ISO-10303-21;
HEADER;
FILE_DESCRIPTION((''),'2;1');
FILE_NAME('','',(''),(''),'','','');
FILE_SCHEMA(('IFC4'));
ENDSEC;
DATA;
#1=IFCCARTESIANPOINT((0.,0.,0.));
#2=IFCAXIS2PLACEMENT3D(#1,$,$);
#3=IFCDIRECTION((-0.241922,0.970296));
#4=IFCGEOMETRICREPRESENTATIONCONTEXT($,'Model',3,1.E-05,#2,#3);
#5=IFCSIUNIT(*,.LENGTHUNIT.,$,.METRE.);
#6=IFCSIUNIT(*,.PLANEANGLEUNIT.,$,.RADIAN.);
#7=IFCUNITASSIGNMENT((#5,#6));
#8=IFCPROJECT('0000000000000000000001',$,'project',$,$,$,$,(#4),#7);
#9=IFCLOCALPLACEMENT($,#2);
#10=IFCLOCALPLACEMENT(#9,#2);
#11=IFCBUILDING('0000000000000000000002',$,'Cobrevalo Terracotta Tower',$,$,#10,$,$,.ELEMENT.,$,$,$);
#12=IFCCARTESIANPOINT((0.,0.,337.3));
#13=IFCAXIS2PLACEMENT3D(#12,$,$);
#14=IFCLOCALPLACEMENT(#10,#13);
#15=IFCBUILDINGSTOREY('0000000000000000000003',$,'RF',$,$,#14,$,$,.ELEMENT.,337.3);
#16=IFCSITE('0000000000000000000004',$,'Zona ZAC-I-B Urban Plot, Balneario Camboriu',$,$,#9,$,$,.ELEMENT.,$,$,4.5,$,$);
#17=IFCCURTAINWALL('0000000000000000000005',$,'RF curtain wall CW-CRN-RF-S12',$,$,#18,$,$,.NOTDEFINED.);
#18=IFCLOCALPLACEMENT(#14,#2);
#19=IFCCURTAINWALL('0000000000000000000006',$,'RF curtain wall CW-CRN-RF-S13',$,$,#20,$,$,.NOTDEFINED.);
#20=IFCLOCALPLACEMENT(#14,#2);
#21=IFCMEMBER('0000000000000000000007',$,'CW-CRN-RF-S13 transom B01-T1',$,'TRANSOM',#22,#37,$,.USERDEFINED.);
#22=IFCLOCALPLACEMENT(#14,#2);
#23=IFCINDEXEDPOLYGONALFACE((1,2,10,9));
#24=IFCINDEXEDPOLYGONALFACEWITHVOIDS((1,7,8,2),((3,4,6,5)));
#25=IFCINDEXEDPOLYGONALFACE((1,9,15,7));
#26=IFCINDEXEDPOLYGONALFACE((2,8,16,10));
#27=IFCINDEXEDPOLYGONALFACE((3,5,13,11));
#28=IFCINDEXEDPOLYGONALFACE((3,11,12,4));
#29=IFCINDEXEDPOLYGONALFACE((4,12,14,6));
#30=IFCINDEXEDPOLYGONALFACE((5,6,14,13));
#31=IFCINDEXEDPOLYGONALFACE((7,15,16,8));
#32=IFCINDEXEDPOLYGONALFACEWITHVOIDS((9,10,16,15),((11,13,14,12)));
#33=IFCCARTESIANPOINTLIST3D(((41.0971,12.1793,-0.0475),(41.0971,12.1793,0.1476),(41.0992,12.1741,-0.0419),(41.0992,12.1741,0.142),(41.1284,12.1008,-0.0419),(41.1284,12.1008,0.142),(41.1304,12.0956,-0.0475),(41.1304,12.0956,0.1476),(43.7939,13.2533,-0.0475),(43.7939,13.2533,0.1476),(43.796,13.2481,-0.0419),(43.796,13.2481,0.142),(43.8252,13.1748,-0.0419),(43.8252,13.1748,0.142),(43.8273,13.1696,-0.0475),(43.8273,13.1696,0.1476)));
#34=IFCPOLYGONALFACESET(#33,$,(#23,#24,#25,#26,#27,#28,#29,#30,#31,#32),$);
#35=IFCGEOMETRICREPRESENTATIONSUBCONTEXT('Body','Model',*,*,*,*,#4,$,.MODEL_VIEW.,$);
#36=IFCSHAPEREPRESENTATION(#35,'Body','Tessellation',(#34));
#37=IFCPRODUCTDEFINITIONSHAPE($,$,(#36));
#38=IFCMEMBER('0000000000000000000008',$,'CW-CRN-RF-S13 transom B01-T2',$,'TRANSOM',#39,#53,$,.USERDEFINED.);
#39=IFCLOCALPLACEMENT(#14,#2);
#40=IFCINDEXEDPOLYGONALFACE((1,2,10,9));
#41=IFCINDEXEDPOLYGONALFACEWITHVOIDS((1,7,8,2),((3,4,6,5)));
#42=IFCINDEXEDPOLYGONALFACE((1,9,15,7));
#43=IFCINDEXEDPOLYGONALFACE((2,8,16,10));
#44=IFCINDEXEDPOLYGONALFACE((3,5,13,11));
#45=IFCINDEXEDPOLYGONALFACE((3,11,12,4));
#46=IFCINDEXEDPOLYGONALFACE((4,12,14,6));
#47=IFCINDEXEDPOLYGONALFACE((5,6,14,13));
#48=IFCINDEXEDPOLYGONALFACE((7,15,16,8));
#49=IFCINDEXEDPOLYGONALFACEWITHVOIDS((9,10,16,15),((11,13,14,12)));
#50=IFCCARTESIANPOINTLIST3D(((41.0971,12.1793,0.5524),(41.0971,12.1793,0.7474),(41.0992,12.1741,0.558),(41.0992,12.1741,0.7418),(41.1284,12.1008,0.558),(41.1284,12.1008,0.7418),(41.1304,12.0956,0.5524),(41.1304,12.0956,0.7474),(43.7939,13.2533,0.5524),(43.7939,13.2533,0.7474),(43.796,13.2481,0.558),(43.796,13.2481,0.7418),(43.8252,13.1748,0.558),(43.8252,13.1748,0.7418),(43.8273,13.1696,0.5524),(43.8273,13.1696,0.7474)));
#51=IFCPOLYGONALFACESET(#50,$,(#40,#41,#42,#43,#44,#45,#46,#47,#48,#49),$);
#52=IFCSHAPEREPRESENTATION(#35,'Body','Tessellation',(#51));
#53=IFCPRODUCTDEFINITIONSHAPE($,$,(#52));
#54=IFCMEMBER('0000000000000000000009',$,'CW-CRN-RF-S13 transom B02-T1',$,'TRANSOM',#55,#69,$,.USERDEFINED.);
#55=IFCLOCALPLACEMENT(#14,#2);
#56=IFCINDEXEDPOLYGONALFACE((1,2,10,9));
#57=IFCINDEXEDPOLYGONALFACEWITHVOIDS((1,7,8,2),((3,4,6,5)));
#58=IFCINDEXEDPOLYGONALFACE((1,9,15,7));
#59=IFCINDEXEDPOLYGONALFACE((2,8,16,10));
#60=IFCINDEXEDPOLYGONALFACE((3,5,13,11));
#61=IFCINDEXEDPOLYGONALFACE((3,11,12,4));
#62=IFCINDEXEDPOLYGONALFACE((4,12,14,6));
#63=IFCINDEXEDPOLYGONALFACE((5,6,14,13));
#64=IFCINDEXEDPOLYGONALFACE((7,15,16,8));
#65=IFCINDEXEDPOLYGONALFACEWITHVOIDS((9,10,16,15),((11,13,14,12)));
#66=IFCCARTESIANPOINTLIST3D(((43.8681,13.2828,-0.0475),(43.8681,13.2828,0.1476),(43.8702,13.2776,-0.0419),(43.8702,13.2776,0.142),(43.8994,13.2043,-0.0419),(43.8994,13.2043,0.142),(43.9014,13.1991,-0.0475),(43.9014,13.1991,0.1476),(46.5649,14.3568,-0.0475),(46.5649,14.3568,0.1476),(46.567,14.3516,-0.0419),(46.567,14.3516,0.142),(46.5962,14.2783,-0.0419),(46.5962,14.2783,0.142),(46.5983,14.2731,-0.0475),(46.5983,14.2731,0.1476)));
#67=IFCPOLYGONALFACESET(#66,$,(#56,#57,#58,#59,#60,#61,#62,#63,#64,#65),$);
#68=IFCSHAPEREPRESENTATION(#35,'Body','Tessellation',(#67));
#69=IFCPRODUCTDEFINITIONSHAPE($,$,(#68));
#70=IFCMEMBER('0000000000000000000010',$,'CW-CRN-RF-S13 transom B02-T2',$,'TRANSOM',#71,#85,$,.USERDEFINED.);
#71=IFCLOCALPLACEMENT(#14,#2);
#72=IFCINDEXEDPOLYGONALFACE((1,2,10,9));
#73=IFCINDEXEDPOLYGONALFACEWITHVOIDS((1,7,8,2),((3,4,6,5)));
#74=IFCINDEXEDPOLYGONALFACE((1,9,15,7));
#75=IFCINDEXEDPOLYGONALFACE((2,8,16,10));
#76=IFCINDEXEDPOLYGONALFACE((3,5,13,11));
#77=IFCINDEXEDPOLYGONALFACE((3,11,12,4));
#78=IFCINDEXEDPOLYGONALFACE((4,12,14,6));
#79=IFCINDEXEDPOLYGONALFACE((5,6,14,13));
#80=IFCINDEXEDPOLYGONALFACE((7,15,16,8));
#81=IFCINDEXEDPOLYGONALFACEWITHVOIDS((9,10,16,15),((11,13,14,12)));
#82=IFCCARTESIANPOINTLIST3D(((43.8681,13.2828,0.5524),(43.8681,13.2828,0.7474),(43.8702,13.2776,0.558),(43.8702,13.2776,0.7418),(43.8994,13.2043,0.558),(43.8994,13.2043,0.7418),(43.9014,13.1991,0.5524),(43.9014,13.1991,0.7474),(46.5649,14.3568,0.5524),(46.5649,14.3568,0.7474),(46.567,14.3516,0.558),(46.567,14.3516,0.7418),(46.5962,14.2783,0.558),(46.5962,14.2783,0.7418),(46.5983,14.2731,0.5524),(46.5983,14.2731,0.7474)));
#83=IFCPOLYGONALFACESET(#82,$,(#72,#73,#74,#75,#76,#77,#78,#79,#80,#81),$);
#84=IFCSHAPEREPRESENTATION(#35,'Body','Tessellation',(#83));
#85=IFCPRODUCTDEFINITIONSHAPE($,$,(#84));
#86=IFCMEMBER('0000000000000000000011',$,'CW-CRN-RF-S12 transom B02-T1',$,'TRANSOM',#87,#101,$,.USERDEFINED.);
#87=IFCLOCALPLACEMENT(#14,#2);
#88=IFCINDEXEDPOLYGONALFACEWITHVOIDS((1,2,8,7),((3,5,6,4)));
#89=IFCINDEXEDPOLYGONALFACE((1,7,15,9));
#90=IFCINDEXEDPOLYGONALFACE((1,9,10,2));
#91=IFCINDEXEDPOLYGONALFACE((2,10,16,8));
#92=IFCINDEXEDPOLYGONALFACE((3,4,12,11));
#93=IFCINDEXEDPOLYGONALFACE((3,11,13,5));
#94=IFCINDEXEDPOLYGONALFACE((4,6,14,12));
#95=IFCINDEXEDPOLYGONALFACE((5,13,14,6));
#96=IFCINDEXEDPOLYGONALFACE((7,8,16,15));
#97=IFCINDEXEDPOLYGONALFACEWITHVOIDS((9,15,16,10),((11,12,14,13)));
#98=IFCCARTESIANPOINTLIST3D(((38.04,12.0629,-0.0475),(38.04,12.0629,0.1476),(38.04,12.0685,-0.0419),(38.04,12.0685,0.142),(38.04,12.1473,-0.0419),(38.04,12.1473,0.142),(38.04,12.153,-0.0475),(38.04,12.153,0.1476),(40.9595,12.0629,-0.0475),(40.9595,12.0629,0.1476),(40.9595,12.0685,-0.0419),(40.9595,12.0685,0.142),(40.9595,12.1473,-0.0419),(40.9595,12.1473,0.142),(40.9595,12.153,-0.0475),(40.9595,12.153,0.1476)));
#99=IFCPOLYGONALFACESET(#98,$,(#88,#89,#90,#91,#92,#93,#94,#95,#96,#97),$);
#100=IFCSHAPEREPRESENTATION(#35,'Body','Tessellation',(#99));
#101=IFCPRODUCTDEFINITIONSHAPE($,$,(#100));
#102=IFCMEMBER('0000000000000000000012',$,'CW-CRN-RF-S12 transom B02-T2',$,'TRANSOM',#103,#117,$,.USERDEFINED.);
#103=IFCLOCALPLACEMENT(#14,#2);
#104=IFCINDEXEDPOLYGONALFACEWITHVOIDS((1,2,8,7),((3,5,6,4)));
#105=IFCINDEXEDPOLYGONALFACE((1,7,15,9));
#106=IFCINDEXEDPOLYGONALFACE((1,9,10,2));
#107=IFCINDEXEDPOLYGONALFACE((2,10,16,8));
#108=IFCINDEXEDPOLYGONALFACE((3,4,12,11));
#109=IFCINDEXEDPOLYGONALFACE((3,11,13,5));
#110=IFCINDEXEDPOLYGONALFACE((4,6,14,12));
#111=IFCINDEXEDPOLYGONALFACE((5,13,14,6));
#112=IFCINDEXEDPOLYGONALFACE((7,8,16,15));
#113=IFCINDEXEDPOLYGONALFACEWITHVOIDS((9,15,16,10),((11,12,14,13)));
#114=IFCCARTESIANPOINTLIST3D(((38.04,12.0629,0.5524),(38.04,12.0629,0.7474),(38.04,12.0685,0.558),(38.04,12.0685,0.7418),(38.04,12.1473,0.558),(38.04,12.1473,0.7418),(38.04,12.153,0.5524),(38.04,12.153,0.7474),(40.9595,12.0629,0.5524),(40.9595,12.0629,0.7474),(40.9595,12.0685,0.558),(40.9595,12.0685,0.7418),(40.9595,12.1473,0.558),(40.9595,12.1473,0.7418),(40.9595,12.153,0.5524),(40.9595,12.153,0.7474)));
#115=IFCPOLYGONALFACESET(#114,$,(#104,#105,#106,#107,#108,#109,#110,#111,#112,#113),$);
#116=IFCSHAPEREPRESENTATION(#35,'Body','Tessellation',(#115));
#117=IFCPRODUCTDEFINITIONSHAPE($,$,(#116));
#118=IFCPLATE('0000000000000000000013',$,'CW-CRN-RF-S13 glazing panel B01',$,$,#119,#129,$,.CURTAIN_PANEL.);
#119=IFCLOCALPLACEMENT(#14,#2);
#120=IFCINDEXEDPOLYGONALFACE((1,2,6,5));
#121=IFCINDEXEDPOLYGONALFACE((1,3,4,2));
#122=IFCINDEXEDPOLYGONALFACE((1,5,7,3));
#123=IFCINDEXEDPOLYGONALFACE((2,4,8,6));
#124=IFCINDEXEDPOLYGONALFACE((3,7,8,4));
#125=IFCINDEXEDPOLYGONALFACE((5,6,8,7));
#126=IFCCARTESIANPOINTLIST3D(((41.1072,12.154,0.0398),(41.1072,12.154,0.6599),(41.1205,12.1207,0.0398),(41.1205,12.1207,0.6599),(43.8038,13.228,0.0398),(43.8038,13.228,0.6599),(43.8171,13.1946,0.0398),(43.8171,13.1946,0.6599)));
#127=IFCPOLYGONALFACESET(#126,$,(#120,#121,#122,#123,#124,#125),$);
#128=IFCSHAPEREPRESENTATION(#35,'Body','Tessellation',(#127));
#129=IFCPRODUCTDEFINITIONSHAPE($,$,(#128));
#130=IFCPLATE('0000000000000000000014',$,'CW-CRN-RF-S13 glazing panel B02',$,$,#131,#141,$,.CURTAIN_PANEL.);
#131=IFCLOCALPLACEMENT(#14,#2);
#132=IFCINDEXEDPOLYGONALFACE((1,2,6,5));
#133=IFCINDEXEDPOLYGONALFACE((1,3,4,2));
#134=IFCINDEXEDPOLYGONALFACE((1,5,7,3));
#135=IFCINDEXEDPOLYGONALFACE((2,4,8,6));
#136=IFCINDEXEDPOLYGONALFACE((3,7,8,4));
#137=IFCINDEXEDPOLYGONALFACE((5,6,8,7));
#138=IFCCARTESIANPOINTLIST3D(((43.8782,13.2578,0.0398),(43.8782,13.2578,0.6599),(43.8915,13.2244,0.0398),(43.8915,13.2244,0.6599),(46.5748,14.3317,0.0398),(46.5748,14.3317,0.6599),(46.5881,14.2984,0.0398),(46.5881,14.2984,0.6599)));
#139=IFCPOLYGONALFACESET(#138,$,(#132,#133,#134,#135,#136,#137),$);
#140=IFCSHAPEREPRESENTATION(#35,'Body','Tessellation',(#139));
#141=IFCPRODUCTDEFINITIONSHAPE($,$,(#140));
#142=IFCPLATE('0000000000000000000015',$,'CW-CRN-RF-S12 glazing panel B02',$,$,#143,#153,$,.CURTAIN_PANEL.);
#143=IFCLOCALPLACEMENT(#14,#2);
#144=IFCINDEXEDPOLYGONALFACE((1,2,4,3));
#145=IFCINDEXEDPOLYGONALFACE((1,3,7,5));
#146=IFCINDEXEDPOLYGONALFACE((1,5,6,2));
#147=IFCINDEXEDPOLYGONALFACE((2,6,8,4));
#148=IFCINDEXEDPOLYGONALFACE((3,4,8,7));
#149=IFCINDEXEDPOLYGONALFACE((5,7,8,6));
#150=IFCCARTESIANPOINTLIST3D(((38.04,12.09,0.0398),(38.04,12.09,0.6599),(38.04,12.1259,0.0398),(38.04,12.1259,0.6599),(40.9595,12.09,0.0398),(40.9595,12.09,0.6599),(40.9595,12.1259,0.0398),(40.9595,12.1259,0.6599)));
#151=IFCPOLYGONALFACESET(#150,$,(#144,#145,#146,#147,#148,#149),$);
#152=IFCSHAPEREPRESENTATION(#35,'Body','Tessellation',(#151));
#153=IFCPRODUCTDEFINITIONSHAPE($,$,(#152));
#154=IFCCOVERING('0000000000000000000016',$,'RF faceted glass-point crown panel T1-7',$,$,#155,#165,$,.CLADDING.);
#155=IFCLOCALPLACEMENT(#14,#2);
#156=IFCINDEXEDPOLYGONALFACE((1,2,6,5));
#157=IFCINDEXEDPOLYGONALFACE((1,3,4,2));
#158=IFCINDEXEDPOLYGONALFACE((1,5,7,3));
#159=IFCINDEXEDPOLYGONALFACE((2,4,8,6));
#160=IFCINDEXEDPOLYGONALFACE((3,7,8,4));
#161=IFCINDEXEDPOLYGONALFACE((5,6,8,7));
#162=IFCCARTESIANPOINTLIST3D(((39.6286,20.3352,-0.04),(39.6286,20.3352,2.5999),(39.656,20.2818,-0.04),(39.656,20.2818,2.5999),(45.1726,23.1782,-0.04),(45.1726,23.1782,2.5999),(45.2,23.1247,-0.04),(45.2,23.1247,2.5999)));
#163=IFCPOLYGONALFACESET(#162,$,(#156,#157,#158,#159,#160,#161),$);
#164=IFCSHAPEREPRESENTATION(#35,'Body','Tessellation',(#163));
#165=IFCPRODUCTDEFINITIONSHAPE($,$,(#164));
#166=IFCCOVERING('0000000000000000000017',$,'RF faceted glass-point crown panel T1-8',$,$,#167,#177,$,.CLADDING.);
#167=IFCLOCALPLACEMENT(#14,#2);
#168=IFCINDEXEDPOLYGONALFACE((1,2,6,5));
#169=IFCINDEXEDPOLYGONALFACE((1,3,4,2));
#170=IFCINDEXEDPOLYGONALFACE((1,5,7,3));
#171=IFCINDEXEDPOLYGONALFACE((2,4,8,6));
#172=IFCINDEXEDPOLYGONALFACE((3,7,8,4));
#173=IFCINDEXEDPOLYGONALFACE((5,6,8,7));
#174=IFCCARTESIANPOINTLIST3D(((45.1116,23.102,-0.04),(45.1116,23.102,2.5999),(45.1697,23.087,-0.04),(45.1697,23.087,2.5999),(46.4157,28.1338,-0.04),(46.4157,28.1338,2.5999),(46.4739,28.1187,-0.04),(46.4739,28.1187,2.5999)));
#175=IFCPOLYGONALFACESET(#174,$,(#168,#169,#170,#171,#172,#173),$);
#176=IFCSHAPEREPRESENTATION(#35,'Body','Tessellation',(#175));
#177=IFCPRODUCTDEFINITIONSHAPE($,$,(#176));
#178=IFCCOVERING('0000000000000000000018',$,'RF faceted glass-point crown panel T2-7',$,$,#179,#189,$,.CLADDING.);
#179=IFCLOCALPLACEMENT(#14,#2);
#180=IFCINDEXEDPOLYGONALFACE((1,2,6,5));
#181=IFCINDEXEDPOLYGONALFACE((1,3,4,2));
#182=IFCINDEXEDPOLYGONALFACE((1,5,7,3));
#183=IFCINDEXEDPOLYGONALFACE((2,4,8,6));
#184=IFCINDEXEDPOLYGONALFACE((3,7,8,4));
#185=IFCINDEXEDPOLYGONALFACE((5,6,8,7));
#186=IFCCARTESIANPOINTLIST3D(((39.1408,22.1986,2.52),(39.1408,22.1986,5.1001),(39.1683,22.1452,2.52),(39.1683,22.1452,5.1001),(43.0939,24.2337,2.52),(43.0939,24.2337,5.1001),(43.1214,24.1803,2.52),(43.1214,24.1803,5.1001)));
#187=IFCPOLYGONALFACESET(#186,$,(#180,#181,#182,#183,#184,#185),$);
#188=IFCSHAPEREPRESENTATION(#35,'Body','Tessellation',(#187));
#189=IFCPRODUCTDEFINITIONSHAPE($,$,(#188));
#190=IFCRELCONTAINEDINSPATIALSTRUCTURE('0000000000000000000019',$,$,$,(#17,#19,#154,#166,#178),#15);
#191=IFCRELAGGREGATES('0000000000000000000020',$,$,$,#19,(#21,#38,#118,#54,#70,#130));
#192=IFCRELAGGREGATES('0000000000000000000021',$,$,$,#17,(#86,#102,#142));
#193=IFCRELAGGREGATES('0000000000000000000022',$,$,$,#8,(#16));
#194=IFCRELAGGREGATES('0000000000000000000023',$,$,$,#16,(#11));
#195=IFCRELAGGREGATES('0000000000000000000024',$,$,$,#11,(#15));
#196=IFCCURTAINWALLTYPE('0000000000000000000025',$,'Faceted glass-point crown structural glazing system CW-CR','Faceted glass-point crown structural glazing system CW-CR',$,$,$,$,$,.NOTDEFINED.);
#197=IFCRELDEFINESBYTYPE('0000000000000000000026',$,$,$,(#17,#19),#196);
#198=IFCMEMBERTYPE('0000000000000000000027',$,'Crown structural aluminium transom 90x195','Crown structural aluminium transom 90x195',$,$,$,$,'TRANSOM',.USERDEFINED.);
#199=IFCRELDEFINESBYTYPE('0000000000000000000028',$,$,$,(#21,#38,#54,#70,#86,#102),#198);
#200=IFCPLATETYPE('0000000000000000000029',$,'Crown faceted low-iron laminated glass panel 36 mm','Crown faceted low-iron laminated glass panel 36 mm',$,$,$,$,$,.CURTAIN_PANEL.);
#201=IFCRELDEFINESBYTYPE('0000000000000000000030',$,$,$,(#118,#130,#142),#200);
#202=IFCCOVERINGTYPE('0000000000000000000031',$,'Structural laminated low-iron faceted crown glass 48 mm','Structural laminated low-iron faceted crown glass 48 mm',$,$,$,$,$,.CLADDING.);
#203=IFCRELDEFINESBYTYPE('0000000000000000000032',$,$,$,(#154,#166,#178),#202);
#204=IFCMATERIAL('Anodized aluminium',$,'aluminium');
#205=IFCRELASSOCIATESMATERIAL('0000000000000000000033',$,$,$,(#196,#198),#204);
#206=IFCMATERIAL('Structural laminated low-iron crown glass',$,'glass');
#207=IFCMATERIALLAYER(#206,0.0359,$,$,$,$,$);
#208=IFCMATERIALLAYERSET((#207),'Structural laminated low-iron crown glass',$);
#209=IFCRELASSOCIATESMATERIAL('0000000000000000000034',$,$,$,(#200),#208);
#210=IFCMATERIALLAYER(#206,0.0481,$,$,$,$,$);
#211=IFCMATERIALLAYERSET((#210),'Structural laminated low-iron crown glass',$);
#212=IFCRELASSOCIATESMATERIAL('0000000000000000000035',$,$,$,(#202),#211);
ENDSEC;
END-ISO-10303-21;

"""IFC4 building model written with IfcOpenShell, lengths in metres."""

from ifc_helpers import new_model, si_unit, direction, frame, origin, origin_2d, place, context, subcontext, project, spatial, rectangle, hollow_rectangle, extrude, source, transform, mapped, material, layer, layer_set, material_profile, profile_set, type_object, element, aggregate, save


model = new_model("IFC4")

# Units and contexts
model_context = context("Model", 3, precision=1e-05, world=origin(), true_north=direction((-0.241922, 0.970296)))
body_context = subcontext(model_context, "Body", "Model", "MODEL_VIEW")
ifc_project = project(units=[si_unit("LENGTHUNIT", "METRE"), si_unit("PLANEANGLEUNIT", "RADIAN")], contexts=[model_context])

# Site, building, storey
site_placement = place(None, origin())
site = spatial("IfcSite", under=ifc_project, at=site_placement, Name="Zona ZAC-I-B Urban Plot, Balneario Camboriu", CompositionType="ELEMENT", RefElevation=4.5)
building_placement = place(site_placement, origin())
building = spatial("IfcBuilding", under=site, at=building_placement, Name="Cobrevalo Terracotta Tower", CompositionType="ELEMENT")
storey_placement = place(building_placement, frame((0.0, 0.0, 337.3)))
storey = spatial("IfcBuildingStorey", under=building, at=storey_placement, Name="RF", CompositionType="ELEMENT", Elevation=337.3)

# Curtain walls
ifc_material_1 = material(Name="Anodized aluminium", Category="aluminium")
curtain_wall_type = type_object("IfcCurtainWallType", Name="Faceted glass-point crown structural glazing system CW-CR", Description="Faceted glass-point crown structural glazing system CW-CR", PredefinedType="NOTDEFINED", material=ifc_material_1)
curtain_wall_1_placement = place(storey_placement, origin())
curtain_wall_1 = element("IfcCurtainWall", 1, at=curtain_wall_1_placement, inside=storey, type_object=curtain_wall_type, Name="RF curtain wall CW-CRN-RF-S12", PredefinedType="NOTDEFINED")
curtain_wall_2_placement = place(storey_placement, origin())
curtain_wall_2 = element("IfcCurtainWall", 2, at=curtain_wall_2_placement, inside=storey, type_object=curtain_wall_type, Name="RF curtain wall CW-CRN-RF-S13", PredefinedType="NOTDEFINED")

# Members
ifc_material_profile_1 = material_profile(ifc_material_1, hollow_rectangle(XDim=0.0901, YDim=0.1951, WallThickness=0.0056, at=origin_2d()), Name="CWT 90x195")
ifc_profile_set_1 = profile_set([ifc_material_profile_1], Name="Anodized aluminium")
member_type_1 = type_object("IfcMemberType", Name="Crown structural aluminium transom 90x195", Description="Crown structural aluminium transom 90x195", ElementType="TRANSOM", PredefinedType="USERDEFINED", material=ifc_profile_set_1)
shared_shape_1 = source(origin(), body_context, "Body", "SweptSolid", [
    extrude(hollow_rectangle(XDim=0.0901, YDim=0.1951, WallThickness=0.0056, at=origin_2d()), origin(), (0.0, 0.0, 1.0), 2.9028),
])
member_1_placement = place(storey_placement, frame((41.1138, 12.1375, 0.05), z_axis=(0.929038, 0.369984, 0.0), x_axis=(-0.369984, 0.929038, 0.0)))
member_1 = element("IfcMember", 3, at=member_1_placement, type_object=member_type_1, Name="CW-CRN-RF-S13 transom B01-T1", ObjectType="TRANSOM", PredefinedType="USERDEFINED", context=body_context, shape_type="MappedRepresentation", body=[
    mapped(shared_shape_1, transform((0.0, 0.0, 0.0), scale=1.0)),
])
member_2_placement = place(storey_placement, frame((41.1138, 12.1375, 0.6499), z_axis=(0.929038, 0.369984, 0.0), x_axis=(-0.369984, 0.929038, 0.0)))
member_2 = element("IfcMember", 4, at=member_2_placement, type_object=member_type_1, Name="CW-CRN-RF-S13 transom B01-T2", ObjectType="TRANSOM", PredefinedType="USERDEFINED", context=body_context, shape_type="MappedRepresentation", body=[
    mapped(shared_shape_1, transform((0.0, 0.0, 0.0), scale=1.0)),
])
member_3_placement = place(storey_placement, frame((43.8848, 13.241, 0.05), z_axis=(0.929038, 0.369984, 0.0), x_axis=(-0.369984, 0.929038, 0.0)))
member_3 = element("IfcMember", 5, at=member_3_placement, type_object=member_type_1, Name="CW-CRN-RF-S13 transom B02-T1", ObjectType="TRANSOM", PredefinedType="USERDEFINED", context=body_context, shape_type="MappedRepresentation", body=[
    mapped(shared_shape_1, transform((0.0, 0.0, 0.0), scale=1.0)),
])
member_4_placement = place(storey_placement, frame((43.8848, 13.241, 0.6499), z_axis=(0.929038, 0.369984, 0.0), x_axis=(-0.369984, 0.929038, 0.0)))
member_4 = element("IfcMember", 6, at=member_4_placement, type_object=member_type_1, Name="CW-CRN-RF-S13 transom B02-T2", ObjectType="TRANSOM", PredefinedType="USERDEFINED", context=body_context, shape_type="MappedRepresentation", body=[
    mapped(shared_shape_1, transform((0.0, 0.0, 0.0), scale=1.0)),
])
shared_shape_2 = source(origin(), body_context, "Body", "SweptSolid", [
    extrude(hollow_rectangle(XDim=0.0901, YDim=0.1951, WallThickness=0.0056, at=origin_2d()), origin(), (0.0, 0.0, 1.0), 2.9194),
])
member_5_placement = place(storey_placement, frame((38.04, 12.1079, 0.05), z_axis=(1.0, 0.0, 0.0), x_axis=(0.0, 1.0, 0.0)))
member_5 = element("IfcMember", 7, at=member_5_placement, type_object=member_type_1, Name="CW-CRN-RF-S12 transom B02-T1", ObjectType="TRANSOM", PredefinedType="USERDEFINED", context=body_context, shape_type="MappedRepresentation", body=[
    mapped(shared_shape_2, transform((0.0, 0.0, 0.0), scale=1.0)),
])
member_6_placement = place(storey_placement, frame((38.04, 12.1079, 0.6499), z_axis=(1.0, 0.0, 0.0), x_axis=(0.0, 1.0, 0.0)))
member_6 = element("IfcMember", 8, at=member_6_placement, type_object=member_type_1, Name="CW-CRN-RF-S12 transom B02-T2", ObjectType="TRANSOM", PredefinedType="USERDEFINED", context=body_context, shape_type="MappedRepresentation", body=[
    mapped(shared_shape_2, transform((0.0, 0.0, 0.0), scale=1.0)),
])

# Plates
ifc_material_2 = material(Name="Structural laminated low-iron crown glass", Category="glass")
ifc_layer_1 = layer(ifc_material_2, 0.0359)
ifc_layer_set_1 = layer_set([ifc_layer_1], Name="Structural laminated low-iron crown glass")
plate_type = type_object("IfcPlateType", Name="Crown faceted low-iron laminated glass panel 36 mm", Description="Crown faceted low-iron laminated glass panel 36 mm", PredefinedType="CURTAIN_PANEL", material=ifc_layer_set_1)
shared_shape_3 = source(origin(), body_context, "Body", "SweptSolid", [
    extrude(rectangle(XDim=2.9026, YDim=0.0359, at=origin_2d()), origin(), (0.0, 0.0, 1.0), 0.6201),
])
plate_1_placement = place(storey_placement, frame((42.4622, 12.6743, 0.0398), z_axis=(0.0, 0.0, 1.0), x_axis=(0.929033, 0.369998, 0.0)))
plate_1 = element("IfcPlate", 9, at=plate_1_placement, type_object=plate_type, Name="CW-CRN-RF-S13 glazing panel B01", PredefinedType="CURTAIN_PANEL", context=body_context, shape_type="MappedRepresentation", body=[
    mapped(shared_shape_3, transform((0.0, 0.0, 0.0), scale=1.0)),
])
plate_2_placement = place(storey_placement, frame((45.2332, 13.7781, 0.0398), z_axis=(0.0, 0.0, 1.0), x_axis=(0.929033, 0.369998, 0.0)))
plate_2 = element("IfcPlate", 10, at=plate_2_placement, type_object=plate_type, Name="CW-CRN-RF-S13 glazing panel B02", PredefinedType="CURTAIN_PANEL", context=body_context, shape_type="MappedRepresentation", body=[
    mapped(shared_shape_3, transform((0.0, 0.0, 0.0), scale=1.0)),
])
aggregate(curtain_wall_2, [member_1, member_2, plate_1, member_3, member_4, plate_2])
shared_shape_4 = source(origin(), body_context, "Body", "SweptSolid", [
    extrude(rectangle(XDim=2.9194, YDim=0.0359, at=origin_2d()), origin(), (0.0, 0.0, 1.0), 0.6201),
])
plate_3_placement = place(storey_placement, frame((39.4998, 12.1079, 0.0398), z_axis=(0.0, 0.0, 1.0), x_axis=(1.0, 0.0, 0.0)))
plate_3 = element("IfcPlate", 11, at=plate_3_placement, type_object=plate_type, Name="CW-CRN-RF-S12 glazing panel B02", PredefinedType="CURTAIN_PANEL", context=body_context, shape_type="MappedRepresentation", body=[
    mapped(shared_shape_4, transform((0.0, 0.0, 0.0), scale=1.0)),
])
aggregate(curtain_wall_1, [member_5, member_6, plate_3])

# Coverings
ifc_layer_2 = layer(ifc_material_2, 0.0481)
ifc_layer_set_2 = layer_set([ifc_layer_2], Name="Structural laminated low-iron crown glass")
covering_type = type_object("IfcCoveringType", Name="Structural laminated low-iron faceted crown glass 48 mm", Description="Structural laminated low-iron faceted crown glass 48 mm", PredefinedType="CLADDING", material=ifc_layer_set_2)
shared_shape_5 = source(origin(), body_context, "Body", "SweptSolid", [
    extrude(rectangle(XDim=6.2305, YDim=0.0601, at=origin_2d()), origin(), (0.0, 0.0, 1.0), 2.6399),
])
covering_1_placement = place(storey_placement, frame((42.4143, 21.73, -0.04), z_axis=(0.0, 0.0, 1.0), x_axis=(0.889829, 0.456294, 0.0)))
element("IfcCovering", 12, at=covering_1_placement, inside=storey, type_object=covering_type, Name="RF faceted glass-point crown panel T1-7", PredefinedType="CLADDING", context=body_context, shape_type="MappedRepresentation", body=[
    mapped(shared_shape_5, transform((0.0, 0.0, 0.0), scale=1.0)),
])
shared_shape_6 = source(origin(), body_context, "Body", "SweptSolid", [
    extrude(rectangle(XDim=5.198, YDim=0.0601, at=origin_2d()), origin(), (0.0, 0.0, 1.0), 2.6399),
])
covering_2_placement = place(storey_placement, frame((45.7927, 25.6104, -0.04), z_axis=(0.0, 0.0, 1.0), x_axis=(0.250899, 0.968013, 0.0)))
element("IfcCovering", 13, at=covering_2_placement, inside=storey, type_object=covering_type, Name="RF faceted glass-point crown panel T1-8", PredefinedType="CLADDING", context=body_context, shape_type="MappedRepresentation", body=[
    mapped(shared_shape_6, transform((0.0, 0.0, 0.0), scale=1.0)),
])
shared_shape_7 = source(origin(), body_context, "Body", "SweptSolid", [
    extrude(rectangle(XDim=4.4463, YDim=0.0601, at=origin_2d()), origin(), (0.0, 0.0, 1.0), 2.5801),
])
covering_3_placement = place(storey_placement, frame((41.1311, 23.1895, 2.52), z_axis=(0.0, 0.0, 1.0), x_axis=(0.889092, 0.457728, 0.0)))
element("IfcCovering", 14, at=covering_3_placement, inside=storey, type_object=covering_type, Name="RF faceted glass-point crown panel T2-7", PredefinedType="CLADDING", context=body_context, shape_type="MappedRepresentation", body=[
    mapped(shared_shape_7, transform((0.0, 0.0, 0.0), scale=1.0)),
])

save(model, "model.ifc")
